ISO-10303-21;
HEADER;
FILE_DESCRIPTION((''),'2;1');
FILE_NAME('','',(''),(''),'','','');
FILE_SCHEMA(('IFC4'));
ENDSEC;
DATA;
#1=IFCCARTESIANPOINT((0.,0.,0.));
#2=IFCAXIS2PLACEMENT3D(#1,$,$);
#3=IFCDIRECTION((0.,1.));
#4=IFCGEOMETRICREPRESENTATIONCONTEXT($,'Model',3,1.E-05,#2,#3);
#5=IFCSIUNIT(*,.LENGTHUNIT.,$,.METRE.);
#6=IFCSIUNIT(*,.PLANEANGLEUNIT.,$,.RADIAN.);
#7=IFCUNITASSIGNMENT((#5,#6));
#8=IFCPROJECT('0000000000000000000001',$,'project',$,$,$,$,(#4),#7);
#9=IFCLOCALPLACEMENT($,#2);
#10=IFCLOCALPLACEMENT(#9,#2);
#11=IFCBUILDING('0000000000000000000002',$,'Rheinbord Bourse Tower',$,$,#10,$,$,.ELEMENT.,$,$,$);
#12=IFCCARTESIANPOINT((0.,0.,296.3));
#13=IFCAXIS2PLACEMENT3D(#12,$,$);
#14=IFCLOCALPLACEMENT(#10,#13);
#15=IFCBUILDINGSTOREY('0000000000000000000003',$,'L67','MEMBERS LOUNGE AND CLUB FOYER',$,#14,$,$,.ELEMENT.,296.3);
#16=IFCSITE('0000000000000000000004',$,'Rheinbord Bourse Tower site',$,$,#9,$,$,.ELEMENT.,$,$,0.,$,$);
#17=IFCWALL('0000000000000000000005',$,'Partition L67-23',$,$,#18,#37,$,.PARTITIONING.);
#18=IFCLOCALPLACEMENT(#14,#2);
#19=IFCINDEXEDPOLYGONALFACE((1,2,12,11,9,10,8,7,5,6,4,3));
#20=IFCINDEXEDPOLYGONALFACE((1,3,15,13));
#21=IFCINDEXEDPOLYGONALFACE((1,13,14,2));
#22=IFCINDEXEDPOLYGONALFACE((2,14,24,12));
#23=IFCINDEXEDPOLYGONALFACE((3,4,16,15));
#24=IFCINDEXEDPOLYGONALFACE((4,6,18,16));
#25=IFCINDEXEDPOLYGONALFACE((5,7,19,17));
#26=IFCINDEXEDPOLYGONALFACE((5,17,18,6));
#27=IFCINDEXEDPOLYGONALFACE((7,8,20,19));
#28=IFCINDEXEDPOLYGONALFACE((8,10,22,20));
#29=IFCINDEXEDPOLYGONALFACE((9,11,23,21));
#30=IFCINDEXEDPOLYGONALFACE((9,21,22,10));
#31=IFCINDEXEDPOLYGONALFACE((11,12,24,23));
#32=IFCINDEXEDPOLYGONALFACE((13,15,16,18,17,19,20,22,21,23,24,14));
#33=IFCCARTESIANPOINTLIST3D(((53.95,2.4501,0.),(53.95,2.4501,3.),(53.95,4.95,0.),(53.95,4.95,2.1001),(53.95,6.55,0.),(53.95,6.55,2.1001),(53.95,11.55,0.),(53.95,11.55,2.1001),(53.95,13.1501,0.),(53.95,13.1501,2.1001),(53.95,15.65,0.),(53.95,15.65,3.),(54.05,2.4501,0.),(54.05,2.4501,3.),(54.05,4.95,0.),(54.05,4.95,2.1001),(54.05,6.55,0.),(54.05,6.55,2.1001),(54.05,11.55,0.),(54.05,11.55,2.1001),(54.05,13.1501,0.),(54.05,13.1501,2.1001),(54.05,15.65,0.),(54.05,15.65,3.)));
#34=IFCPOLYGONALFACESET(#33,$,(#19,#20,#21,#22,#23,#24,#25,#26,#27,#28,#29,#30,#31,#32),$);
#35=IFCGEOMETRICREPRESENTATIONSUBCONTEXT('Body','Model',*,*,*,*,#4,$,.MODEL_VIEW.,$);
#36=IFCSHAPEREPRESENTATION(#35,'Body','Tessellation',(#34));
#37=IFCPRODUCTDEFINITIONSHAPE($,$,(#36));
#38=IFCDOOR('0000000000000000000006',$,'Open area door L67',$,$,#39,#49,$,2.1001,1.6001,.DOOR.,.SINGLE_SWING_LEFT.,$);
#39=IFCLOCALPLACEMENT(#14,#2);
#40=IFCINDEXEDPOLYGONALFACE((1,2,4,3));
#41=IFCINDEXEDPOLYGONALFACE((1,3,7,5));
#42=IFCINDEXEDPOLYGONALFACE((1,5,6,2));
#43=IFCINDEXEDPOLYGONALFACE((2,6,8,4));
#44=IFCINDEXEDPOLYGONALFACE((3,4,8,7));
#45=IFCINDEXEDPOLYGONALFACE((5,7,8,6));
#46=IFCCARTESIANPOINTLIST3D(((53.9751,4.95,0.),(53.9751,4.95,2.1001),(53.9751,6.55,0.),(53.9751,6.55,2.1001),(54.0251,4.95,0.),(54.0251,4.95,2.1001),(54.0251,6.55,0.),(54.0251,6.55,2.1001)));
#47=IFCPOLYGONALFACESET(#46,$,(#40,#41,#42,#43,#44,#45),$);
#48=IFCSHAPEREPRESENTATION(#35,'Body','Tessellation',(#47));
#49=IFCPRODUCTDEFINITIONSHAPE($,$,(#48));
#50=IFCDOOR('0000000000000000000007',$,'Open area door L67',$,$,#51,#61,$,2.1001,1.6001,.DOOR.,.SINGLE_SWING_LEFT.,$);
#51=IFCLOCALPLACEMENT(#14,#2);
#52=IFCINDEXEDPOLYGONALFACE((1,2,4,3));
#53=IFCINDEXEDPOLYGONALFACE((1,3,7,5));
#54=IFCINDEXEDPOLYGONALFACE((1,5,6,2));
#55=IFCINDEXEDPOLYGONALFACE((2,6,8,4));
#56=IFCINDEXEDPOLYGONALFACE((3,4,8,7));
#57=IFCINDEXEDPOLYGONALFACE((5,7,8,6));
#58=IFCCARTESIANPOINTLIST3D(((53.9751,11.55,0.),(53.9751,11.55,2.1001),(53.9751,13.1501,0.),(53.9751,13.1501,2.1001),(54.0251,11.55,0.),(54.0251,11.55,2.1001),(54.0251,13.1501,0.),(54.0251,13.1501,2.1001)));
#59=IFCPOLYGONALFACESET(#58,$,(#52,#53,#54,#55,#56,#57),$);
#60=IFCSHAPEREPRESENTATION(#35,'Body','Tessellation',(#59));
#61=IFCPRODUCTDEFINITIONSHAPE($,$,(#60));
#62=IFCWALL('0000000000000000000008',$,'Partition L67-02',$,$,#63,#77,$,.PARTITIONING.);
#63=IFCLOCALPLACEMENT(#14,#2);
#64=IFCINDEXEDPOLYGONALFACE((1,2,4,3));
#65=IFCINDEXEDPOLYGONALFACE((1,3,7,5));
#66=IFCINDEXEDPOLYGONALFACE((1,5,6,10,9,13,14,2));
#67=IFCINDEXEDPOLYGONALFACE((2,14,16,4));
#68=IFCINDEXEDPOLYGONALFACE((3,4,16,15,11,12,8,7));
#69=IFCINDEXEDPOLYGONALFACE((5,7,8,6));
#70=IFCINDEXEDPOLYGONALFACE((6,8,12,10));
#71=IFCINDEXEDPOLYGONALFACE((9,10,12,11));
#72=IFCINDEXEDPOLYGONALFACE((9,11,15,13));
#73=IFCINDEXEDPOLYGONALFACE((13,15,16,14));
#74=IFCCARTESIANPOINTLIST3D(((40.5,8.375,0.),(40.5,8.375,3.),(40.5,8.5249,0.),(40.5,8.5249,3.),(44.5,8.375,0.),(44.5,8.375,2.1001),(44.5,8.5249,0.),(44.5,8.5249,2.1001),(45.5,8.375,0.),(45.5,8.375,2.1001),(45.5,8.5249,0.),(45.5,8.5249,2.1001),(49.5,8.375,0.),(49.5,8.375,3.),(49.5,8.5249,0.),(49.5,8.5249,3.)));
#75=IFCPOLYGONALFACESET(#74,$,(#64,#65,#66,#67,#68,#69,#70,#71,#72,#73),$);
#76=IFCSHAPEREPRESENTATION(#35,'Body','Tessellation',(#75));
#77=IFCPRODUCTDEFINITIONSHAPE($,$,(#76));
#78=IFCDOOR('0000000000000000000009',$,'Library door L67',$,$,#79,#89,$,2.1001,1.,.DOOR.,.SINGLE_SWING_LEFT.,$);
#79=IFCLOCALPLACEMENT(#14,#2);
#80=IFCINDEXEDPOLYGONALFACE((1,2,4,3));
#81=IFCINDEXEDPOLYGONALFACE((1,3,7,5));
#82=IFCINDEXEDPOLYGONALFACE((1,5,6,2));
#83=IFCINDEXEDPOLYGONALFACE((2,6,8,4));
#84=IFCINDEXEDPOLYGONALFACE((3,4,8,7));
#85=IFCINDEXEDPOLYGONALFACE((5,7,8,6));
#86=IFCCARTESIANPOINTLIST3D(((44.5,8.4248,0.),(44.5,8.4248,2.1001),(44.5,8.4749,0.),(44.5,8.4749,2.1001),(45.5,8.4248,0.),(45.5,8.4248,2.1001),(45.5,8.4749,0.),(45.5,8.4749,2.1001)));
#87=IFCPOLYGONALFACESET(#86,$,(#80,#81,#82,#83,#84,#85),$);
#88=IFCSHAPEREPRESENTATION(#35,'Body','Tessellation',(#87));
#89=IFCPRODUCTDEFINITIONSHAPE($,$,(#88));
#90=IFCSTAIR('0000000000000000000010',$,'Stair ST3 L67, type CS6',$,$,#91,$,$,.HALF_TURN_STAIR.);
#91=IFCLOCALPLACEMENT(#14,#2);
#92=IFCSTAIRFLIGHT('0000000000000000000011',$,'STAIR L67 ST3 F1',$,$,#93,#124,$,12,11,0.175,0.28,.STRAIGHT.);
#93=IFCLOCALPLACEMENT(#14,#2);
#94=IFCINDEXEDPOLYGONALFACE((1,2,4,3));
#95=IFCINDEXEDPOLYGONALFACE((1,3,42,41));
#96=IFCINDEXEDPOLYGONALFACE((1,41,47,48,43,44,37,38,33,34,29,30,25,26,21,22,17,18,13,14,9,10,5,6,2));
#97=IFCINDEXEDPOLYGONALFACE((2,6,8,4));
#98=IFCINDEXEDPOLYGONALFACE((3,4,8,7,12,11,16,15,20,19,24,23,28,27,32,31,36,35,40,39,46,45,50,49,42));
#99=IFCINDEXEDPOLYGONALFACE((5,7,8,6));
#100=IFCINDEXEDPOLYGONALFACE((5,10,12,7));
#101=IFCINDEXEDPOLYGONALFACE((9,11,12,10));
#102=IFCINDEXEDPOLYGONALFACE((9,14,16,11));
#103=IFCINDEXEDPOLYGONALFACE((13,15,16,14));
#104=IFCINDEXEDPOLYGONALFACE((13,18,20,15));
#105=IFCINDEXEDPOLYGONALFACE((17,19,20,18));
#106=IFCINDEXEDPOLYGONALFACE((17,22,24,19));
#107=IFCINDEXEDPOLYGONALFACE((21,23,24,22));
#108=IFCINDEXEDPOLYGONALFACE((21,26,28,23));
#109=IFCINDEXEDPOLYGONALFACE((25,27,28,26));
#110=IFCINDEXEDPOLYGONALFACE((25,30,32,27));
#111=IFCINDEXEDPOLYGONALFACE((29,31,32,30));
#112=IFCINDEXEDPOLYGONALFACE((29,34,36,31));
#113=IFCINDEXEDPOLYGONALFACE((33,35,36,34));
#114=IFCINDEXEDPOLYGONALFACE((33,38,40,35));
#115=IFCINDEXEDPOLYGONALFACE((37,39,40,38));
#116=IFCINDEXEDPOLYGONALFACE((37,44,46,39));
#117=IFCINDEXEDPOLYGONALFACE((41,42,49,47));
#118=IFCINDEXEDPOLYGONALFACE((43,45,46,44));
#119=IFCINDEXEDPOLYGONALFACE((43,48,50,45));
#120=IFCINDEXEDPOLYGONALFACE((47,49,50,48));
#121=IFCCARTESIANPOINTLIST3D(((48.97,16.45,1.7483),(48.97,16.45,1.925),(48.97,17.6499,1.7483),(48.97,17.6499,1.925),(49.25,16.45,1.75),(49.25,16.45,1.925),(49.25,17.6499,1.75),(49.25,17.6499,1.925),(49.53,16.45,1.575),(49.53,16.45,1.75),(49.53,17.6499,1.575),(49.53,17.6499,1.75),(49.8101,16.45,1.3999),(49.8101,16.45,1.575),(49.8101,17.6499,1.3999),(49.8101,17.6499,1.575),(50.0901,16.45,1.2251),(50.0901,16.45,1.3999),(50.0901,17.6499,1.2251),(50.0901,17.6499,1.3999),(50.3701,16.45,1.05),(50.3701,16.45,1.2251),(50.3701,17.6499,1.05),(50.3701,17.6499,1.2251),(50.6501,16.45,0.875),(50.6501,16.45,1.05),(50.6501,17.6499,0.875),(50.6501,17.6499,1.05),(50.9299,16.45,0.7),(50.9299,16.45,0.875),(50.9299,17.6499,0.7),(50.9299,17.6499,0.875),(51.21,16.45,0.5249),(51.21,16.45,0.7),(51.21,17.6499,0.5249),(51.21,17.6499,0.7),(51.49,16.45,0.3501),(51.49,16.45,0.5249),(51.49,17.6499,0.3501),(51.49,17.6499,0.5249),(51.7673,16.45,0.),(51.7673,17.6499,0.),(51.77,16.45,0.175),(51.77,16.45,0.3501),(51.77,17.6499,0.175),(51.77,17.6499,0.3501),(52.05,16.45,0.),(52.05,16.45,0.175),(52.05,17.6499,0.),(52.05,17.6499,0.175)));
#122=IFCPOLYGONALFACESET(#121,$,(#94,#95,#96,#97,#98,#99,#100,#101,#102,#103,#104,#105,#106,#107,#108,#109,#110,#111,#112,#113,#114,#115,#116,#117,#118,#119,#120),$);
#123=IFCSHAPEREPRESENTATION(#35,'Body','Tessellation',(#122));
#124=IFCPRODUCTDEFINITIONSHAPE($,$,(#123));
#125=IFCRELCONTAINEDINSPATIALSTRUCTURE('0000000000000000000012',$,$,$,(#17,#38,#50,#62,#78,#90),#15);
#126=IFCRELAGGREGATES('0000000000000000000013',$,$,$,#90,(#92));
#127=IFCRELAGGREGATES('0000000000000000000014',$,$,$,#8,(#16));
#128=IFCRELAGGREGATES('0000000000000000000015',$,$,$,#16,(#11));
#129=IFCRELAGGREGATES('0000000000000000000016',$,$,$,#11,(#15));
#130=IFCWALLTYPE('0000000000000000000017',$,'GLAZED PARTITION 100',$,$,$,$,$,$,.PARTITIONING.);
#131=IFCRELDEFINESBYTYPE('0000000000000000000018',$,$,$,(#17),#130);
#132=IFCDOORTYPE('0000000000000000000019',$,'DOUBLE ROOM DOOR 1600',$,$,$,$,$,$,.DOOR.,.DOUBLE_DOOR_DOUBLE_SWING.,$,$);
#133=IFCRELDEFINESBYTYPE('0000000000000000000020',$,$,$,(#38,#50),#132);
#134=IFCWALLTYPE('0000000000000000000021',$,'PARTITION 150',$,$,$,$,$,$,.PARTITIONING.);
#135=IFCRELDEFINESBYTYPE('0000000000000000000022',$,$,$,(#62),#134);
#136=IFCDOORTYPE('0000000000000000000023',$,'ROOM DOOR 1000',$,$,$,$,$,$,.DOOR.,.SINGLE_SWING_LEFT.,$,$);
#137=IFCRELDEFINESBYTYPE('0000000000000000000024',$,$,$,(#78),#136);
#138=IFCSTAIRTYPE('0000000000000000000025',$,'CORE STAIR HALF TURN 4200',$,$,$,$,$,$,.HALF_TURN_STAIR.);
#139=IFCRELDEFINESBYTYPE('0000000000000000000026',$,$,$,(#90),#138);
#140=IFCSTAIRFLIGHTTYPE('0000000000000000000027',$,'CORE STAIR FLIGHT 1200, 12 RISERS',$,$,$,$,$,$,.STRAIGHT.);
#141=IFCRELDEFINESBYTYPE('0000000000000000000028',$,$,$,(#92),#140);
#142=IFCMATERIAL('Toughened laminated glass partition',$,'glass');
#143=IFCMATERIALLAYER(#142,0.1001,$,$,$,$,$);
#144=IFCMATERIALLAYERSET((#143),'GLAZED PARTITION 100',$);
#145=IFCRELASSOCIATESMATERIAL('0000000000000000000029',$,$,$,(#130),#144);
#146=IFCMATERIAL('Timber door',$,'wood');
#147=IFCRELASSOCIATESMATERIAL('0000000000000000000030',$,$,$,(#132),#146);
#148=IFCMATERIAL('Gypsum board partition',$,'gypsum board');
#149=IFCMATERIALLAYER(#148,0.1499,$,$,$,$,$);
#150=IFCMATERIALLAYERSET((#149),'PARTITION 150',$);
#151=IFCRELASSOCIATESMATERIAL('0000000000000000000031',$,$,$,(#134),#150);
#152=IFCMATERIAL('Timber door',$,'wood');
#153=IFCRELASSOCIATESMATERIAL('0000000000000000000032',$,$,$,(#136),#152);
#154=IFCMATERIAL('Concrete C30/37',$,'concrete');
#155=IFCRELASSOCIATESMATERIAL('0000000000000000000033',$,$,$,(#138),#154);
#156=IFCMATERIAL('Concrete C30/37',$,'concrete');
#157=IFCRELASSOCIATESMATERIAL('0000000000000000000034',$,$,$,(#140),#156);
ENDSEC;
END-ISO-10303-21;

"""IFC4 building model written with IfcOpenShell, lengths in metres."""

from ifc_helpers import new_model, si_unit, direction, frame, frame_2d, origin, place, context, subcontext, project, spatial, polyline, rectangle, outline, extrude, material, layer, layer_set, type_object, element, fill, aggregate, save


model = new_model("IFC4")

# Units and contexts
model_context = context("Model", 3, precision=1e-05, world=origin(), true_north=direction((0.0, 1.0)))
body_context = subcontext(model_context, "Body", "Model", "MODEL_VIEW")
ifc_project = project(units=[si_unit("LENGTHUNIT", "METRE"), si_unit("PLANEANGLEUNIT", "RADIAN")], contexts=[model_context])

# Site, building, storey
site_placement = place(None, origin())
site = spatial("IfcSite", under=ifc_project, at=site_placement, Name="Rheinbord Bourse Tower site", CompositionType="ELEMENT", RefElevation=0.0)
building_placement = place(site_placement, origin())
building = spatial("IfcBuilding", under=site, at=building_placement, Name="Rheinbord Bourse Tower", CompositionType="ELEMENT")
storey_placement = place(building_placement, frame((0.0, 0.0, 296.3)))
storey = spatial("IfcBuildingStorey", under=building, at=storey_placement, Name="L67", Description="MEMBERS LOUNGE AND CLUB FOYER", CompositionType="ELEMENT", Elevation=296.3)

# Wall, openings, doors
ifc_material_1 = material(Name="Toughened laminated glass partition", Category="glass")
ifc_layer_1 = layer(ifc_material_1, 0.1001)
ifc_layer_set_1 = layer_set([ifc_layer_1], Name="GLAZED PARTITION 100")
wall_type_1 = type_object("IfcWallType", Name="GLAZED PARTITION 100", PredefinedType="PARTITIONING", material=ifc_layer_set_1)
wall_1_placement = place(storey_placement, frame((54.0, 2.45, 0.0), z_axis=(0.0, 0.0, 1.0), x_axis=(0.0, 1.0, 0.0)))
wall_1 = element("IfcWall", 1, at=wall_1_placement, inside=storey, type_object=wall_type_1, Name="Partition L67-23", PredefinedType="PARTITIONING", context=body_context, shape_type="SweptSolid", body=[
    extrude(rectangle(XDim=13.2, YDim=0.1001, at=frame_2d((6.6001, 0.0))), origin(), (0.0, 0.0, 1.0), 3.0),
])
opening_1_placement = place(wall_1_placement, frame((2.5, 0.0, 0.0)))
opening_1 = element("IfcOpeningElement", 2, at=opening_1_placement, cuts=wall_1, PredefinedType="OPENING", context=body_context, shape_type="SweptSolid", body=[
    extrude(rectangle(XDim=1.6001, YDim=2.1001, at=frame_2d((0.8, 1.05))), frame((0.0, 0.0601, 0.0), z_axis=(0.0, -1.0, 0.0), x_axis=(1.0, 0.0, 0.0)), (0.0, 0.0, 1.0), 0.1201),
])
opening_2_placement = place(wall_1_placement, frame((9.1001, 0.0, 0.0)))
opening_2 = element("IfcOpeningElement", 3, at=opening_2_placement, cuts=wall_1, PredefinedType="OPENING", context=body_context, shape_type="SweptSolid", body=[
    extrude(rectangle(XDim=1.6001, YDim=2.1001, at=frame_2d((0.8, 1.05))), frame((0.0, 0.0601, 0.0), z_axis=(0.0, -1.0, 0.0), x_axis=(1.0, 0.0, 0.0)), (0.0, 0.0, 1.0), 0.1201),
])
ifc_material_2 = material(Name="Timber door", Category="wood")
door_type_1 = type_object("IfcDoorType", Name="DOUBLE ROOM DOOR 1600", OperationType="DOUBLE_DOOR_DOUBLE_SWING", PredefinedType="DOOR", material=ifc_material_2)
door_1_placement = place(opening_1_placement, origin())
door_1 = element("IfcDoor", 4, at=door_1_placement, inside=storey, type_object=door_type_1, Name="Open area door L67", OperationType="SINGLE_SWING_LEFT", OverallHeight=2.1001, OverallWidth=1.6001, PredefinedType="DOOR", context=body_context, shape_type="SweptSolid", body=[
    extrude(rectangle(XDim=1.6001, YDim=2.1001, at=frame_2d((0.8, 1.05))), frame((0.0, 0.0249, 0.0), z_axis=(0.0, -1.0, 0.0), x_axis=(1.0, 0.0, 0.0)), (0.0, 0.0, 1.0), 0.05),
])
fill(opening_1, door_1)
door_2_placement = place(opening_2_placement, origin())
door_2 = element("IfcDoor", 5, at=door_2_placement, inside=storey, type_object=door_type_1, Name="Open area door L67", OperationType="SINGLE_SWING_LEFT", OverallHeight=2.1001, OverallWidth=1.6001, PredefinedType="DOOR", context=body_context, shape_type="SweptSolid", body=[
    extrude(rectangle(XDim=1.6001, YDim=2.1001, at=frame_2d((0.8, 1.05))), frame((0.0, 0.0249, 0.0), z_axis=(0.0, -1.0, 0.0), x_axis=(1.0, 0.0, 0.0)), (0.0, 0.0, 1.0), 0.05),
])
fill(opening_2, door_2)

# Wall, opening, door
ifc_material_3 = material(Name="Gypsum board partition", Category="gypsum board")
ifc_layer_2 = layer(ifc_material_3, 0.1499)
ifc_layer_set_2 = layer_set([ifc_layer_2], Name="PARTITION 150")
wall_type_2 = type_object("IfcWallType", Name="PARTITION 150", PredefinedType="PARTITIONING", material=ifc_layer_set_2)
wall_2_placement = place(storey_placement, frame((40.5, 8.45, 0.0), z_axis=(0.0, 0.0, 1.0), x_axis=(1.0, 0.0, 0.0)))
wall_2 = element("IfcWall", 6, at=wall_2_placement, inside=storey, type_object=wall_type_2, Name="Partition L67-02", PredefinedType="PARTITIONING", context=body_context, shape_type="SweptSolid", body=[
    extrude(rectangle(XDim=9.0, YDim=0.1499, at=frame_2d((4.5, 0.0))), origin(), (0.0, 0.0, 1.0), 3.0),
])
opening_3_placement = place(wall_2_placement, frame((4.0, 0.0, 0.0)))
opening_3 = element("IfcOpeningElement", 7, at=opening_3_placement, cuts=wall_2, PredefinedType="OPENING", context=body_context, shape_type="SweptSolid", body=[
    extrude(rectangle(XDim=1.0, YDim=2.1001, at=frame_2d((0.5, 1.05))), frame((0.0, 0.085, 0.0), z_axis=(0.0, -1.0, 0.0), x_axis=(1.0, 0.0, 0.0)), (0.0, 0.0, 1.0), 0.1699),
])
ifc_material_4 = material(Name="Timber door", Category="wood")
door_type_2 = type_object("IfcDoorType", Name="ROOM DOOR 1000", OperationType="SINGLE_SWING_LEFT", PredefinedType="DOOR", material=ifc_material_4)
door_3_placement = place(opening_3_placement, origin())
door_3 = element("IfcDoor", 8, at=door_3_placement, inside=storey, type_object=door_type_2, Name="Library door L67", OperationType="SINGLE_SWING_LEFT", OverallHeight=2.1001, OverallWidth=1.0, PredefinedType="DOOR", context=body_context, shape_type="SweptSolid", body=[
    extrude(rectangle(XDim=1.0, YDim=2.1001, at=frame_2d((0.5, 1.05))), frame((0.0, 0.0249, 0.0), z_axis=(0.0, -1.0, 0.0), x_axis=(1.0, 0.0, 0.0)), (0.0, 0.0, 1.0), 0.05),
])
fill(opening_3, door_3)

# Stair, stair flight
ifc_material_5 = material(Name="Concrete C30/37", Category="concrete")
stair_type = type_object("IfcStairType", Name="CORE STAIR HALF TURN 4200", PredefinedType="HALF_TURN_STAIR", material=ifc_material_5)
stair_placement = place(storey_placement, origin())
stair = element("IfcStair", 9, at=stair_placement, inside=storey, type_object=stair_type, Name="Stair ST3 L67, type CS6", PredefinedType="HALF_TURN_STAIR")
ifc_material_6 = material(Name="Concrete C30/37", Category="concrete")
stair_flight_type = type_object("IfcStairFlightType", Name="CORE STAIR FLIGHT 1200, 12 RISERS", PredefinedType="STRAIGHT", material=ifc_material_6)
stair_flight_placement = place(storey_placement, frame((52.05, 17.05, 0.0), z_axis=(0.0, 0.0, 1.0), x_axis=(-1.0, 0.0, 0.0)))
stair_flight = element("IfcStairFlight", 10, at=stair_flight_placement, type_object=stair_flight_type, Name="STAIR L67 ST3 F1", NumberOfRisers=12, NumberOfTreads=11, PredefinedType="STRAIGHT", RiserHeight=0.175, TreadLength=0.28, context=body_context, shape_type="SweptSolid", body=[
    extrude(outline(polyline([(0.0, 0.0), (0.0, 0.175), (0.28, 0.175), (0.28, 0.3501), (0.5601, 0.3501), (0.5601, 0.5249), (0.8401, 0.5249), (0.8401, 0.7), (1.1201, 0.7), (1.1201, 0.875), (1.3999, 0.875), (1.3999, 1.05), (1.6799, 1.05), (1.6799, 1.2251), (1.96, 1.2251), (1.96, 1.3999), (2.24, 1.3999), (2.24, 1.575), (2.52, 1.575), (2.52, 1.75), (2.8, 1.75), (2.8, 1.925), (3.0801, 1.925), (3.0801, 2.1001), (3.0801, 1.7483), (0.2827, 0.0), (0.0, 0.0)])), frame((0.0, 0.6001, 0.0), z_axis=(0.0, -1.0, 0.0), x_axis=(1.0, 0.0, 0.0)), (0.0, 0.0, 1.0), 1.2),
])
aggregate(stair, [stair_flight])

save(model, "model.ifc")
